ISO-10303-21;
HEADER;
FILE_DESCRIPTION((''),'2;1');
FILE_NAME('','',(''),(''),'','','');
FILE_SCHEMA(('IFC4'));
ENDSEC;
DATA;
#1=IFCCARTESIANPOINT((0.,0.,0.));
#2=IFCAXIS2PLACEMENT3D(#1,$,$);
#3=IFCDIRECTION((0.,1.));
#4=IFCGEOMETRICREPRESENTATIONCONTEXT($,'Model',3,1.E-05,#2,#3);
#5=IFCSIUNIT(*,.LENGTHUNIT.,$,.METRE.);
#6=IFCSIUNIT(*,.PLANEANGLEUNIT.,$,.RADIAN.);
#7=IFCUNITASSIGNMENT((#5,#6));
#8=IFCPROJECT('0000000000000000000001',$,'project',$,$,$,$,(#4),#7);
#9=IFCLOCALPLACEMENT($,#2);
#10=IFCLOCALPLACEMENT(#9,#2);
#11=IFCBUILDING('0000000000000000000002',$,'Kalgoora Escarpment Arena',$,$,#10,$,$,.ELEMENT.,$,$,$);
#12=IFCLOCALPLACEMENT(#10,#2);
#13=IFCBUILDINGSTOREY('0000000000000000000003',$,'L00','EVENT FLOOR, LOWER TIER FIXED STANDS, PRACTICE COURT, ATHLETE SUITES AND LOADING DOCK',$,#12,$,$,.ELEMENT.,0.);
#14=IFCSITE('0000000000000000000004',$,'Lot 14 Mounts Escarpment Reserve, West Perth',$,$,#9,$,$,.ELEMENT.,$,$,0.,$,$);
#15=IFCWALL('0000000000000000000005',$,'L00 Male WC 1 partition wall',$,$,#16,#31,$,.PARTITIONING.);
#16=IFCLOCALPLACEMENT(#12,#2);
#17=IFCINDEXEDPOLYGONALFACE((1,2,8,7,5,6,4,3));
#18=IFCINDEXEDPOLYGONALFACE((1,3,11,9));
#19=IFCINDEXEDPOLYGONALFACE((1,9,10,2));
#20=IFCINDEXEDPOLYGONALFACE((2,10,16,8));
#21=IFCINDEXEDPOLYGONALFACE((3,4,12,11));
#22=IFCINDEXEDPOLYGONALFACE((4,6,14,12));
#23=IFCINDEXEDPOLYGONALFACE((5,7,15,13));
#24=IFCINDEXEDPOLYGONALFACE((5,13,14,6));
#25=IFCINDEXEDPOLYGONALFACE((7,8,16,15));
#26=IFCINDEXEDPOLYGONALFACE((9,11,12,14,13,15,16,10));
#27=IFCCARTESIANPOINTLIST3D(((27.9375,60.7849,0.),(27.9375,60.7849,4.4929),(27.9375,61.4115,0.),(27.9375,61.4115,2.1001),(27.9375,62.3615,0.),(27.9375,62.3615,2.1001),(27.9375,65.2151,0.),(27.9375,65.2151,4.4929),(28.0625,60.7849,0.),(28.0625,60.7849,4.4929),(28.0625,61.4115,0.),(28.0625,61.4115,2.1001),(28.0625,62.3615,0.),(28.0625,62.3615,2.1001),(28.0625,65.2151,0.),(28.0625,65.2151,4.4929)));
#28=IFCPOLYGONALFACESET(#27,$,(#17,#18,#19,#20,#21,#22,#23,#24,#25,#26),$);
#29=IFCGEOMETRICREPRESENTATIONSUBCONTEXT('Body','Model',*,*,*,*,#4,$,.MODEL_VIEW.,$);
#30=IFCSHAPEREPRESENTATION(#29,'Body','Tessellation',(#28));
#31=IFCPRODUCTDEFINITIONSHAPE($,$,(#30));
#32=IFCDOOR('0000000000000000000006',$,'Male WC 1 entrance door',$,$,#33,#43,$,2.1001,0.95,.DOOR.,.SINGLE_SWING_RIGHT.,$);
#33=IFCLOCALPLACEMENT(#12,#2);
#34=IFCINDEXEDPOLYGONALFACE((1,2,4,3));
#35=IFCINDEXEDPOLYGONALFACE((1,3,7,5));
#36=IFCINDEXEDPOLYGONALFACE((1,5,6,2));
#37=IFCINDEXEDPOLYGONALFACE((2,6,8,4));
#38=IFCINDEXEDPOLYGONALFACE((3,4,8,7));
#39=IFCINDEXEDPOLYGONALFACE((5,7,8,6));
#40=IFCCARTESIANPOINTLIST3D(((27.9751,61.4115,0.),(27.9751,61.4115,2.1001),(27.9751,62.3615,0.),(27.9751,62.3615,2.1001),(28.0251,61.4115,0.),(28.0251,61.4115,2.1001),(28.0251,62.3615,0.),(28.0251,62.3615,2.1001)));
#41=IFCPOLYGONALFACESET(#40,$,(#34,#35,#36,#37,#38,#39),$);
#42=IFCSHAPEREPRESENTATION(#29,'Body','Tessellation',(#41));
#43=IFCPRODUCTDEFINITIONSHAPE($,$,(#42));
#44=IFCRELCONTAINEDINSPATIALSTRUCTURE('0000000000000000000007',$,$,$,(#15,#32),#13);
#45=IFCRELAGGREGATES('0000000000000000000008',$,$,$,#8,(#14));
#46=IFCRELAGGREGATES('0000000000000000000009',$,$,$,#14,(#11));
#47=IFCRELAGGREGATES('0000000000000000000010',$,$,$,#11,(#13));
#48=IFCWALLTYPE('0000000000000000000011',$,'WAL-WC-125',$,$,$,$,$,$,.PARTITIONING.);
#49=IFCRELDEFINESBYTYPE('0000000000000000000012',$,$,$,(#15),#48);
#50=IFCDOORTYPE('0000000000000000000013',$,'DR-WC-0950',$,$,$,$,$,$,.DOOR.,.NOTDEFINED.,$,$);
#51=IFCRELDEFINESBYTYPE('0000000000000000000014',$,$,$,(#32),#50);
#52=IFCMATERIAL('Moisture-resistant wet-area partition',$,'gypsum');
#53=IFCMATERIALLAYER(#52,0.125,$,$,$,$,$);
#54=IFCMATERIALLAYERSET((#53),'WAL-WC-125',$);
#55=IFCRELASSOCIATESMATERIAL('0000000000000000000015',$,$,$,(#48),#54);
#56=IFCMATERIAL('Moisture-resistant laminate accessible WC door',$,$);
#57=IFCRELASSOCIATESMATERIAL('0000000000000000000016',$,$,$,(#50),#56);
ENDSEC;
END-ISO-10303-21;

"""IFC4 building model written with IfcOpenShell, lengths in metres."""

from ifc_helpers import new_model, si_unit, direction, frame, frame_2d, origin, place, context, subcontext, project, spatial, rectangle, extrude, material, layer, layer_set, type_object, element, fill, save


model = new_model("IFC4")

# Units and contexts
model_context = context("Model", 3, precision=1e-05, world=origin(), true_north=direction((0.0, 1.0)))
body_context = subcontext(model_context, "Body", "Model", "MODEL_VIEW")
ifc_project = project(units=[si_unit("LENGTHUNIT", "METRE"), si_unit("PLANEANGLEUNIT", "RADIAN")], contexts=[model_context])

# Site, building, storey
site_placement = place(None, origin())
site = spatial("IfcSite", under=ifc_project, at=site_placement, Name="Lot 14 Mounts Escarpment Reserve, West Perth", CompositionType="ELEMENT", RefElevation=0.0)
building_placement = place(site_placement, origin())
building = spatial("IfcBuilding", under=site, at=building_placement, Name="Kalgoora Escarpment Arena", CompositionType="ELEMENT")
storey_placement = place(building_placement, origin())
storey = spatial("IfcBuildingStorey", under=building, at=storey_placement, Name="L00", Description="EVENT FLOOR, LOWER TIER FIXED STANDS, PRACTICE COURT, ATHLETE SUITES AND LOADING DOCK", CompositionType="ELEMENT", Elevation=0.0)

# Shared definitions
ifc_material_1 = material(Name="Moisture-resistant wet-area partition", Category="gypsum")
ifc_layer_1 = layer(ifc_material_1, 0.125)
ifc_layer_set_1 = layer_set([ifc_layer_1], Name="WAL-WC-125")
wall_type_1 = type_object("IfcWallType", Name="WAL-WC-125", PredefinedType="PARTITIONING", material=ifc_layer_set_1)

# Wall, opening, door
wall_1_placement = place(storey_placement, frame((28.0, 60.7849, 0.0), z_axis=(0.0, 0.0, 1.0), x_axis=(0.0, 1.0, 0.0)))
wall_1 = element("IfcWall", 1, at=wall_1_placement, inside=storey, type_object=wall_type_1, Name="L00 Male WC 1 partition wall", PredefinedType="PARTITIONING", context=body_context, shape_type="SweptSolid", body=[
    extrude(rectangle(XDim=4.4302, YDim=0.125, at=frame_2d((2.2151, 0.0))), origin(), (0.0, 0.0, 1.0), 4.4929),
])
opening_placement = place(wall_1_placement, frame((0.6265, 0.0, 0.0)))
opening = element("IfcOpeningElement", 2, at=opening_placement, cuts=wall_1, PredefinedType="OPENING", context=body_context, shape_type="SweptSolid", body=[
    extrude(rectangle(XDim=0.95, YDim=2.1001, at=frame_2d((0.4751, 1.05))), frame((0.0, 0.0725, 0.0), z_axis=(0.0, -1.0, 0.0), x_axis=(1.0, 0.0, 0.0)), (0.0, 0.0, 1.0), 0.145),
])
ifc_material_2 = material(Name="Moisture-resistant laminate accessible WC door")
door_type = type_object("IfcDoorType", Name="DR-WC-0950", OperationType="NOTDEFINED", PredefinedType="DOOR", material=ifc_material_2)
door_placement = place(opening_placement, origin())
door = element("IfcDoor", 3, at=door_placement, inside=storey, type_object=door_type, Name="Male WC 1 entrance door", OperationType="SINGLE_SWING_RIGHT", OverallHeight=2.1001, OverallWidth=0.95, PredefinedType="DOOR", context=body_context, shape_type="SweptSolid", body=[
    extrude(rectangle(XDim=0.95, YDim=2.1001, at=frame_2d((0.4751, 1.05))), frame((0.0, 0.0249, 0.0), z_axis=(0.0, -1.0, 0.0), x_axis=(1.0, 0.0, 0.0)), (0.0, 0.0, 1.0), 0.05),
])
fill(opening, door)

save(model, "model.ifc")
